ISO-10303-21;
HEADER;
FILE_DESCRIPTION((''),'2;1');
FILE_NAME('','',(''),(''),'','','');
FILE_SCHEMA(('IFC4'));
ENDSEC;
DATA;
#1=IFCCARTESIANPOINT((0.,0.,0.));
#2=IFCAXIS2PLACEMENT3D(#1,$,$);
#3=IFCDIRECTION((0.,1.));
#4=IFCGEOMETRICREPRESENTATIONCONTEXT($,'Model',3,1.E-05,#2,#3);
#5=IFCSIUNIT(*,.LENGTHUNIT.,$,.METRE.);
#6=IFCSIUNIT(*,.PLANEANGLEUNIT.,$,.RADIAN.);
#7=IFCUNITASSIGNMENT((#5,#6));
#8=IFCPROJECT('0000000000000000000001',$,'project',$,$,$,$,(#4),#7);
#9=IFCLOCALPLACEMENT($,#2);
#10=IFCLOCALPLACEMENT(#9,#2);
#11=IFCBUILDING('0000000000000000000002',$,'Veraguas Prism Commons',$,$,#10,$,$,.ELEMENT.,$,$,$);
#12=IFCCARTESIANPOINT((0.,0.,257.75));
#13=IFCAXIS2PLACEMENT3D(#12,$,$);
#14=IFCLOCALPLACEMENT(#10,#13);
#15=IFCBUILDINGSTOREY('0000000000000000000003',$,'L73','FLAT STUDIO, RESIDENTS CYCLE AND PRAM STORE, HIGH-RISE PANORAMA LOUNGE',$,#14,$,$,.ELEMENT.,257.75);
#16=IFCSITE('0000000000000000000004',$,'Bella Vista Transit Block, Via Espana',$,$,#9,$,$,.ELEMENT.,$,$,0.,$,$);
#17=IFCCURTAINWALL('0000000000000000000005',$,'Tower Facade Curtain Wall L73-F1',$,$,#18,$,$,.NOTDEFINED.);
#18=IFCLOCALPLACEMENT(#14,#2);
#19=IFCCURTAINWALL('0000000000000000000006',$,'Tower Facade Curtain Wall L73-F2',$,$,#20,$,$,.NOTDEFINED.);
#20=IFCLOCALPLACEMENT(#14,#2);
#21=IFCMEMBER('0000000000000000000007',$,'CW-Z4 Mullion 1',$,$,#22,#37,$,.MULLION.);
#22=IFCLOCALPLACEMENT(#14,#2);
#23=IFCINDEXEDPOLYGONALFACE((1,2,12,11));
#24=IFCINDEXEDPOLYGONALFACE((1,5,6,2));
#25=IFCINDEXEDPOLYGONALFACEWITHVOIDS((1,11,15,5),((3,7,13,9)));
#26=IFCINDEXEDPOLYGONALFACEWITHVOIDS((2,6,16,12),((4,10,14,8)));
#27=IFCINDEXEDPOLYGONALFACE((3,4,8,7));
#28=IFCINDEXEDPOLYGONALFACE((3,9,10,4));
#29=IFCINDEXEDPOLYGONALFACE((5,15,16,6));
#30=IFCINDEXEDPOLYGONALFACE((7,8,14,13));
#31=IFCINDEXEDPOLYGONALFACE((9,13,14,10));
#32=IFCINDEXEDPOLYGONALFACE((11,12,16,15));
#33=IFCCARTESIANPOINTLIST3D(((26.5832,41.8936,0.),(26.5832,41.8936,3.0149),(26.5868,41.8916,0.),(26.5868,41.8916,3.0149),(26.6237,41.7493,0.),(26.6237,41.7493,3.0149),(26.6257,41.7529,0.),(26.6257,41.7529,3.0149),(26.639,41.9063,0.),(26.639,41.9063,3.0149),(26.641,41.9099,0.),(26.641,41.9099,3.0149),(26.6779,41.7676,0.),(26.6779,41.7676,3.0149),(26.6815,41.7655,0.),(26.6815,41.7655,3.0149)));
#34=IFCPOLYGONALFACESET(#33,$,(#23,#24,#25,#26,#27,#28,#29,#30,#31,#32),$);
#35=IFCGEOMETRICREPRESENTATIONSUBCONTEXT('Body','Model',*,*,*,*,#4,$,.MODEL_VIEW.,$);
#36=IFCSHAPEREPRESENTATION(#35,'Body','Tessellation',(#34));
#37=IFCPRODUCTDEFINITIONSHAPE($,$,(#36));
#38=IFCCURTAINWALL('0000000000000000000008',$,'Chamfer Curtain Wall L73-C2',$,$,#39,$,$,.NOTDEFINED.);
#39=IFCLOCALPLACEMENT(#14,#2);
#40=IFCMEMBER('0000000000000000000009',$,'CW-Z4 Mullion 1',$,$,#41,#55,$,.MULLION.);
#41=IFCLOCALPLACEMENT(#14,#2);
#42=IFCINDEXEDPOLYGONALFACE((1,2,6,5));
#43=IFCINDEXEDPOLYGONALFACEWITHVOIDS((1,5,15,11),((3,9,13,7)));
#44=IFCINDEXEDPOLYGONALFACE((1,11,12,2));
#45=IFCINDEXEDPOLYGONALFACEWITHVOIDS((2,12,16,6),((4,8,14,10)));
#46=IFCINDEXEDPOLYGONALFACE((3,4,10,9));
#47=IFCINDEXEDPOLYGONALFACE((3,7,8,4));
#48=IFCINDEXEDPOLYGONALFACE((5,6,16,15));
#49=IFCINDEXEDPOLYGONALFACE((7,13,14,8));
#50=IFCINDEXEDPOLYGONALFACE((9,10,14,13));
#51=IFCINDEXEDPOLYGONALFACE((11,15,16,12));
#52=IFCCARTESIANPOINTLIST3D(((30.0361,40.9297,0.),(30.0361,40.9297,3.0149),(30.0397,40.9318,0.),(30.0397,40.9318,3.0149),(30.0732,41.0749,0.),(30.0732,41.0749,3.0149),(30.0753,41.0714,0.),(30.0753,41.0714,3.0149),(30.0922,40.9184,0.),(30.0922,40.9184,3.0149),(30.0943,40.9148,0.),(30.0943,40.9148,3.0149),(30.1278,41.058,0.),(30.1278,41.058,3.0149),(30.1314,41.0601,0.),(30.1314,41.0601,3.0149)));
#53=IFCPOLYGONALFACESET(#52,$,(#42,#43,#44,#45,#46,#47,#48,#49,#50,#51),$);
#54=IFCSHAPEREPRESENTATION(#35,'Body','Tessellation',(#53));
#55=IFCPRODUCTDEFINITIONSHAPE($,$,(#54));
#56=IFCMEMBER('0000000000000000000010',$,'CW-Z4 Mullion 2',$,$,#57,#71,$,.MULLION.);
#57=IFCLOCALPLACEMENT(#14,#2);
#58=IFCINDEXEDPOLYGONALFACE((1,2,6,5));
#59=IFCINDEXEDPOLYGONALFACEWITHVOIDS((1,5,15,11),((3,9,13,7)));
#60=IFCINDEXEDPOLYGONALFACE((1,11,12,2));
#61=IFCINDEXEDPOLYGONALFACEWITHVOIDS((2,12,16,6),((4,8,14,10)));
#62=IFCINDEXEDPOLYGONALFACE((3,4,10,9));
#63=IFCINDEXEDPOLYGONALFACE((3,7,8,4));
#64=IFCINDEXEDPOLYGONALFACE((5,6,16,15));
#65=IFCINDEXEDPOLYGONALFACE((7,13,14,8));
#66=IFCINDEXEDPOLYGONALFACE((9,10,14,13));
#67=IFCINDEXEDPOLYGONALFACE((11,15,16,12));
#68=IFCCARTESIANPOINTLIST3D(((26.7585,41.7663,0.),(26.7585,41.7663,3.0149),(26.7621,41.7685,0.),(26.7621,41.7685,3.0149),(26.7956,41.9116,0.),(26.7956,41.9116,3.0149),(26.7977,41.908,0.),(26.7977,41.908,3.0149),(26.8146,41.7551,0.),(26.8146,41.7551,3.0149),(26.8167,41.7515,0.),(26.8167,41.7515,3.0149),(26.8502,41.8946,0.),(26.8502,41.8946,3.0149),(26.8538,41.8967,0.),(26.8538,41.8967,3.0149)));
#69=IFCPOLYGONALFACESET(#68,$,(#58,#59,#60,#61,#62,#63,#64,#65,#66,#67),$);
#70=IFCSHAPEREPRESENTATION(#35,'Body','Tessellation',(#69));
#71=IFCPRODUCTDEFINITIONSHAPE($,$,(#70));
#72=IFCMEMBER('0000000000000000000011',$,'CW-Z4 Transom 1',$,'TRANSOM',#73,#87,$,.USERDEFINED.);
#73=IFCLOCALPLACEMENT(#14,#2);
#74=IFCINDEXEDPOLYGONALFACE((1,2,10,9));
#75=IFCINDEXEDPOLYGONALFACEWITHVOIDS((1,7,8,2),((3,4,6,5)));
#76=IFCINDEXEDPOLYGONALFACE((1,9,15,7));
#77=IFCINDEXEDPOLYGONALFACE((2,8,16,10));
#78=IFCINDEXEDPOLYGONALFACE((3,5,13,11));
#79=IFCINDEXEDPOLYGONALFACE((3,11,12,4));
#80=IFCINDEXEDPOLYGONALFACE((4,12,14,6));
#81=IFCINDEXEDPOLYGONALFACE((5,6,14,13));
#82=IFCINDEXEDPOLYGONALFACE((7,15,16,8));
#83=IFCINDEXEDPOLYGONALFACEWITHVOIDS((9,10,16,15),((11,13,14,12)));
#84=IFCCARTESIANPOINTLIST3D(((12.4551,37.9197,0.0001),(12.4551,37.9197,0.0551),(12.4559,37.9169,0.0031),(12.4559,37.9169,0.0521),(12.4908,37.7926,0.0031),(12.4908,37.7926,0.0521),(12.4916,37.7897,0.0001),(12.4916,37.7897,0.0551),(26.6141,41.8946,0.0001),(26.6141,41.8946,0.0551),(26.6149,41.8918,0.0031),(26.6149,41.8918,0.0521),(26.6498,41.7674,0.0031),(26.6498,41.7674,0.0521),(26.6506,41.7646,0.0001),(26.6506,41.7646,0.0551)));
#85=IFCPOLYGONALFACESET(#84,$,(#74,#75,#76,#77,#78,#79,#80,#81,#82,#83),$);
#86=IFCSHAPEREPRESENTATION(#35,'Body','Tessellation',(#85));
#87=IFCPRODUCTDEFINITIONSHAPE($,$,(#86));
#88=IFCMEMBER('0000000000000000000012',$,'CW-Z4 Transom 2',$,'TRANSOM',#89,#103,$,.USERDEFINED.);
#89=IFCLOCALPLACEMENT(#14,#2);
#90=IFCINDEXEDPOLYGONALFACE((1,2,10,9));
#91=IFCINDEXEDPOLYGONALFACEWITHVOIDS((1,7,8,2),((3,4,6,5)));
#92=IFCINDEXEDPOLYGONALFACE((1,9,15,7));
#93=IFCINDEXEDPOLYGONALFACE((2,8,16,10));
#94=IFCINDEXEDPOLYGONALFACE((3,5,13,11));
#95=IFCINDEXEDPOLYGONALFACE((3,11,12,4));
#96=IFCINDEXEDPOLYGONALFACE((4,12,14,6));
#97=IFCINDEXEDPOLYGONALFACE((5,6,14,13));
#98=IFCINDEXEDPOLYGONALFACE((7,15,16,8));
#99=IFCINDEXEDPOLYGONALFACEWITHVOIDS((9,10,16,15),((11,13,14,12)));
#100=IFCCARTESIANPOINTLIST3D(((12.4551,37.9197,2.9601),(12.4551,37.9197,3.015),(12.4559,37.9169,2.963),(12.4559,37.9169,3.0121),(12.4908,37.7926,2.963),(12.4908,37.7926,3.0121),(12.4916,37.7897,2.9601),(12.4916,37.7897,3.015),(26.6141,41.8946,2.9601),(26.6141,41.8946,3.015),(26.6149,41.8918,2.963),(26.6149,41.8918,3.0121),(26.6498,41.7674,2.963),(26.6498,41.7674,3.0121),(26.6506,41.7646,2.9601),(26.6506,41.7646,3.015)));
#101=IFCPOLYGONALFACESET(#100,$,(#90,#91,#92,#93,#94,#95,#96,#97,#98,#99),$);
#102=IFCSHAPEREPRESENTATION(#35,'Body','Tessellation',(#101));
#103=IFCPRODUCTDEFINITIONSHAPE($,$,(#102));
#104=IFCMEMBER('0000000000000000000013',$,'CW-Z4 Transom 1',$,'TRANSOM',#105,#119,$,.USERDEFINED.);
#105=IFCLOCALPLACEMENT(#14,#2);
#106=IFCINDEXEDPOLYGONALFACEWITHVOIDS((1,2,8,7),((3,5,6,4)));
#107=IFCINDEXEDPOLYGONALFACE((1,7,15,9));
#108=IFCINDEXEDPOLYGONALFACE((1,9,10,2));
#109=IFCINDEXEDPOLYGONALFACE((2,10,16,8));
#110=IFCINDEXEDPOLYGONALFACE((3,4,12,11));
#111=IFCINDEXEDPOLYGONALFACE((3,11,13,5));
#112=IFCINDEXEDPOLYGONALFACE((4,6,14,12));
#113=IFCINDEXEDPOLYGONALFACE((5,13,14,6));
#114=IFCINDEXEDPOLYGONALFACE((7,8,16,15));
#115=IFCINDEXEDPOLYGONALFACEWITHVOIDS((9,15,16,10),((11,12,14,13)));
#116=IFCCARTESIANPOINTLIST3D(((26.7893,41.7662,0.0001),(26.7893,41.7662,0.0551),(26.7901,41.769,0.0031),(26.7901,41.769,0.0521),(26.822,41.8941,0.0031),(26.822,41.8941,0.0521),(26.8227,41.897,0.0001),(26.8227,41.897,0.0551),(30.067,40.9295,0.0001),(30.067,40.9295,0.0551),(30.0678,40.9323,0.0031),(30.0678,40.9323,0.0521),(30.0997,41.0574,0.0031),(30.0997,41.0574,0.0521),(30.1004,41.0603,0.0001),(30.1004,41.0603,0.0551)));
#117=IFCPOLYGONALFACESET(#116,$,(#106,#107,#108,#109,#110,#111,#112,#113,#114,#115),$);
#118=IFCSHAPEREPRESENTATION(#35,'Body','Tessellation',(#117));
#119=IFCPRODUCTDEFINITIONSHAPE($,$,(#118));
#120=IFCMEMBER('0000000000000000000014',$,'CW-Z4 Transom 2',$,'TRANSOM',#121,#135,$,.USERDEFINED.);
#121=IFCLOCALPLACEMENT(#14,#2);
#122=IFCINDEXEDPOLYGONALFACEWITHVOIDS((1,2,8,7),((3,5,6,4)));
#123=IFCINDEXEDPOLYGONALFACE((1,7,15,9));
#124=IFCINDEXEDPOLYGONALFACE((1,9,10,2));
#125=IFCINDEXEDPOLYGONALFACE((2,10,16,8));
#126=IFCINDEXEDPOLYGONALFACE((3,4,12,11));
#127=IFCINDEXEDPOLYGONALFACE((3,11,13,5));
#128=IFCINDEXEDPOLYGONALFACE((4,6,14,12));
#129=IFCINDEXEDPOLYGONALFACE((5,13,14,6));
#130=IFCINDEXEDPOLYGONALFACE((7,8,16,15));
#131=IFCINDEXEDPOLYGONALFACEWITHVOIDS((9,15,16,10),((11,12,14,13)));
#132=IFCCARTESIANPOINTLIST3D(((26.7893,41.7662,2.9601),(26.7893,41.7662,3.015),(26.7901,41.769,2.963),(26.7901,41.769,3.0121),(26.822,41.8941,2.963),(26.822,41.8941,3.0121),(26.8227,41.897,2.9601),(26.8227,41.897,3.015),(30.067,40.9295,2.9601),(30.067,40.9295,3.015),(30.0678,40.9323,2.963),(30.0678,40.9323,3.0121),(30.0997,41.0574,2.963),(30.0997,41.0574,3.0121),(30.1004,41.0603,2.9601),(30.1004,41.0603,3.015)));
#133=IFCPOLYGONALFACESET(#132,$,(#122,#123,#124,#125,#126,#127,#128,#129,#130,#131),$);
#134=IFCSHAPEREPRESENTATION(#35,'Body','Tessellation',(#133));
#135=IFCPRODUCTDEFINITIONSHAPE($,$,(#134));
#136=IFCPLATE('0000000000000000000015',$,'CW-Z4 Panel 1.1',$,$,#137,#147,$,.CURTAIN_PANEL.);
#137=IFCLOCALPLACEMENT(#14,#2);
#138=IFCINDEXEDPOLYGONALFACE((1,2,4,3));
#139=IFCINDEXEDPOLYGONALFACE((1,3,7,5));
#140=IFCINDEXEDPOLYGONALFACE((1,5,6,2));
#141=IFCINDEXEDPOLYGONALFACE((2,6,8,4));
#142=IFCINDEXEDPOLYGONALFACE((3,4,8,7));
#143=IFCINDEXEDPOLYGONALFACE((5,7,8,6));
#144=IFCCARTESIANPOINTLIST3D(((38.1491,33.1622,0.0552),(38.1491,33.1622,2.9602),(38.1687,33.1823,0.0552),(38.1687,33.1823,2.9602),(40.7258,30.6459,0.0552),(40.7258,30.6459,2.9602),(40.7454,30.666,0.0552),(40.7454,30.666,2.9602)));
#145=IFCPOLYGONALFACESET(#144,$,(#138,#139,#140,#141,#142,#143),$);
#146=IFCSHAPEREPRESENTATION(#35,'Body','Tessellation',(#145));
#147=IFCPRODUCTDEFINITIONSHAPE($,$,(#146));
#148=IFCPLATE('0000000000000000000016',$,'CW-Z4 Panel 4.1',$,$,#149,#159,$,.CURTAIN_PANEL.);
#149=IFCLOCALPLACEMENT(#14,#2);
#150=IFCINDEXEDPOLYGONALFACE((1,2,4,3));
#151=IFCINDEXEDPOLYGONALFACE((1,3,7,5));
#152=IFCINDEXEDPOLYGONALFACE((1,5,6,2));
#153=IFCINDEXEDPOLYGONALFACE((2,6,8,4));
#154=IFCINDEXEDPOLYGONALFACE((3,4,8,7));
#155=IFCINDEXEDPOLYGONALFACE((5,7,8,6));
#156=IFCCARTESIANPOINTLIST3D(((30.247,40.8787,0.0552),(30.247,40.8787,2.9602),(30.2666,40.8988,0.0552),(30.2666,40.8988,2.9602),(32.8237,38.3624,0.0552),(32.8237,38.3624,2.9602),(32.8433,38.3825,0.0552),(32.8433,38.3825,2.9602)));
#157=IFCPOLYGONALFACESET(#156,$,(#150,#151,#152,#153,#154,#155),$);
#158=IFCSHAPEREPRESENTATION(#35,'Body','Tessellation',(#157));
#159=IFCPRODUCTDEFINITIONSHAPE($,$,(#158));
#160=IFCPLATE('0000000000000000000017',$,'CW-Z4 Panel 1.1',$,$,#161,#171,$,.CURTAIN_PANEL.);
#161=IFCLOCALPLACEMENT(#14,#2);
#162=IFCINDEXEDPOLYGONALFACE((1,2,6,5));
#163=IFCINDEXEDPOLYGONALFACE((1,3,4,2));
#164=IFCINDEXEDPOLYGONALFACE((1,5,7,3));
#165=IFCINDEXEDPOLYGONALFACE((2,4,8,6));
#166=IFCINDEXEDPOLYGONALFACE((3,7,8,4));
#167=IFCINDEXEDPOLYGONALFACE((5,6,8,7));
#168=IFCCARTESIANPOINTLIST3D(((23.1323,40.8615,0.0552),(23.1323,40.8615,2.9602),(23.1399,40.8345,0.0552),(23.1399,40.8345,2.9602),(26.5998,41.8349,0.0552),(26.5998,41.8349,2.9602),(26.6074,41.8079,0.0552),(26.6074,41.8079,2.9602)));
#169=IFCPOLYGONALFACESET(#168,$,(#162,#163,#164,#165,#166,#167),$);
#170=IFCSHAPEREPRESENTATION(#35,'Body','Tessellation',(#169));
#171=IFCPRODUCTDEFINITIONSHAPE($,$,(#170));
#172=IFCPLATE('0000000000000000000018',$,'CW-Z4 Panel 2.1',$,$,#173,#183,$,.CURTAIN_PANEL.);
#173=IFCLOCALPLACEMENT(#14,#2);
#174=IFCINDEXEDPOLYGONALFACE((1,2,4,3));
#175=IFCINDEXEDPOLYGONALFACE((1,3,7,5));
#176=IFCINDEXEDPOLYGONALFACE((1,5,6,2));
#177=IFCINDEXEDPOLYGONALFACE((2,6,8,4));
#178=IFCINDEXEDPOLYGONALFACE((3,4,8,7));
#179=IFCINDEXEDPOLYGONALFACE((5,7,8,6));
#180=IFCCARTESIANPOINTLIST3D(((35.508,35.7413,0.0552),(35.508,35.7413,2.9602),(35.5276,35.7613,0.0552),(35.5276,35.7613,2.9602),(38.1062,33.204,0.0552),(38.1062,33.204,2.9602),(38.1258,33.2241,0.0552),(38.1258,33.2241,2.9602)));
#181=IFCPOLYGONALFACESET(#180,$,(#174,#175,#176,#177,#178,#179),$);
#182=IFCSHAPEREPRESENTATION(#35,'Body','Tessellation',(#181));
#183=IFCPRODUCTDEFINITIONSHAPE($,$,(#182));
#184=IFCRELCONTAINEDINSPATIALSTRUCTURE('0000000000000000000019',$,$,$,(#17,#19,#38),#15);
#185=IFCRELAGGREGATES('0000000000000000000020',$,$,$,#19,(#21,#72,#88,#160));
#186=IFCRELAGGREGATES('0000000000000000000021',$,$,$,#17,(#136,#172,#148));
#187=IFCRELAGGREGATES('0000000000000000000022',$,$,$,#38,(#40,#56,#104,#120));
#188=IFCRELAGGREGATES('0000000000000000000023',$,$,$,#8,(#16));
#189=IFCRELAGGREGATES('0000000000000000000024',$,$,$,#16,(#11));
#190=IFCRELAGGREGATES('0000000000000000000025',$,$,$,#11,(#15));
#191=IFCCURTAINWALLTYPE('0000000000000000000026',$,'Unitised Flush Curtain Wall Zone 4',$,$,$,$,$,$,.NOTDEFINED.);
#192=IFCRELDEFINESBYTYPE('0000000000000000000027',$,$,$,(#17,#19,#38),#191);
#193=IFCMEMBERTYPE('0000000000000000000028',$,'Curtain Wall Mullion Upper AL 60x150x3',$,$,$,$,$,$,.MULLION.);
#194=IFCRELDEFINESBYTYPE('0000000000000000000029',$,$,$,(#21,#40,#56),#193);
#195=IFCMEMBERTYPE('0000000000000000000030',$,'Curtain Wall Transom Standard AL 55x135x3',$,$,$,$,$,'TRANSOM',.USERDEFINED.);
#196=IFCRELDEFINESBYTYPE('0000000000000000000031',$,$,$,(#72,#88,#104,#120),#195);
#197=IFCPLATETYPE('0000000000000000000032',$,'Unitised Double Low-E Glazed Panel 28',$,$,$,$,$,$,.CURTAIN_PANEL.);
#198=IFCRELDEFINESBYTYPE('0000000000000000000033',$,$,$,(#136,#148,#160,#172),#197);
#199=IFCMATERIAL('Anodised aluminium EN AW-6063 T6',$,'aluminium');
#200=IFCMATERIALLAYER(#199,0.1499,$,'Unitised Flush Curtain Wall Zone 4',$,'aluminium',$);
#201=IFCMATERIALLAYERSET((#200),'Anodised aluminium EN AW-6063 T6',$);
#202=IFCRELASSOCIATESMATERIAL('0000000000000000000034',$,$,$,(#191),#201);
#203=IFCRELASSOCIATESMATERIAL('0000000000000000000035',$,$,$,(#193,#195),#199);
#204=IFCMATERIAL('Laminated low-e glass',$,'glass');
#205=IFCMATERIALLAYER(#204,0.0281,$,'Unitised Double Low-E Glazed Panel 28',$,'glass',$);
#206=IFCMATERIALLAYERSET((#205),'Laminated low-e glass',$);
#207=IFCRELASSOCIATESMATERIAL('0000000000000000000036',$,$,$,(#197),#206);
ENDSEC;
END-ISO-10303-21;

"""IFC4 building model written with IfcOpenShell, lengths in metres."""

from ifc_helpers import new_model, si_unit, direction, frame, origin, origin_2d, place, context, subcontext, project, spatial, rectangle, hollow_rectangle, extrude, source, transform, mapped, material, layer, layer_set, material_profile, profile_set, type_object, element, aggregate, save


model = new_model("IFC4")

# Units and contexts
model_context = context("Model", 3, precision=1e-05, world=origin(), true_north=direction((0.0, 1.0)))
body_context = subcontext(model_context, "Body", "Model", "MODEL_VIEW")
ifc_project = project(units=[si_unit("LENGTHUNIT", "METRE"), si_unit("PLANEANGLEUNIT", "RADIAN")], contexts=[model_context])

# Site, building, storey
site_placement = place(None, origin())
site = spatial("IfcSite", under=ifc_project, at=site_placement, Name="Bella Vista Transit Block, Via Espana", CompositionType="ELEMENT", RefElevation=0.0)
building_placement = place(site_placement, origin())
building = spatial("IfcBuilding", under=site, at=building_placement, Name="Veraguas Prism Commons", CompositionType="ELEMENT")
storey_placement = place(building_placement, frame((0.0, 0.0, 257.75)))
storey = spatial("IfcBuildingStorey", under=building, at=storey_placement, Name="L73", Description="FLAT STUDIO, RESIDENTS CYCLE AND PRAM STORE, HIGH-RISE PANORAMA LOUNGE", CompositionType="ELEMENT", Elevation=257.75)

# Curtain wall
ifc_material_1 = material(Name="Anodised aluminium EN AW-6063 T6", Category="aluminium")
ifc_layer_1 = layer(ifc_material_1, 0.1499, Name="Unitised Flush Curtain Wall Zone 4", Category="aluminium")
ifc_layer_set_1 = layer_set([ifc_layer_1], Name="Anodised aluminium EN AW-6063 T6")
curtain_wall_type = type_object("IfcCurtainWallType", Name="Unitised Flush Curtain Wall Zone 4", PredefinedType="NOTDEFINED", material=ifc_layer_set_1)
curtain_wall_1_placement = place(storey_placement, origin())
curtain_wall_1 = element("IfcCurtainWall", 1, at=curtain_wall_1_placement, inside=storey, type_object=curtain_wall_type, Name="Tower Facade Curtain Wall L73-F1", PredefinedType="NOTDEFINED")
ifc_material_profile_1 = material_profile(ifc_material_1, hollow_rectangle(XDim=0.0601, YDim=0.1499, WallThickness=0.0029, at=origin_2d()), Name="AL60X150X3")
ifc_profile_set_1 = profile_set([ifc_material_profile_1], Name="Anodised aluminium EN AW-6063 T6")
member_type_1 = type_object("IfcMemberType", Name="Curtain Wall Mullion Upper AL 60x150x3", PredefinedType="MULLION", material=ifc_profile_set_1)
shared_shape_1 = source(origin(), body_context, "Body", "SweptSolid", [
    extrude(hollow_rectangle(XDim=0.0601, YDim=0.1499, WallThickness=0.0029, at=origin_2d()), origin(), (0.0, 0.0, 1.0), 3.0149),
])

# Curtain wall, member
curtain_wall_2_placement = place(storey_placement, origin())
curtain_wall_2 = element("IfcCurtainWall", 2, at=curtain_wall_2_placement, inside=storey, type_object=curtain_wall_type, Name="Tower Facade Curtain Wall L73-F2", PredefinedType="NOTDEFINED")
member_1_placement = place(storey_placement, frame((26.6323, 41.8296, 0.0), z_axis=(0.0, 0.0, 1.0), x_axis=(-0.962785, -0.270269, 0.0)))
member_1 = element("IfcMember", 3, at=member_1_placement, type_object=member_type_1, Name="CW-Z4 Mullion 1", PredefinedType="MULLION", context=body_context, shape_type="MappedRepresentation", body=[
    mapped(shared_shape_1, transform((0.0, 0.0, 0.0), scale=1.0)),
])

# Curtain wall, members
curtain_wall_3_placement = place(storey_placement, origin())
curtain_wall_3 = element("IfcCurtainWall", 4, at=curtain_wall_3_placement, inside=storey, type_object=curtain_wall_type, Name="Chamfer Curtain Wall L73-C2", PredefinedType="NOTDEFINED")
member_2_placement = place(storey_placement, frame((30.0837, 40.9949, 0.0), z_axis=(0.0, 0.0, 1.0), x_axis=(-0.968923, 0.247364, 0.0)))
member_2 = element("IfcMember", 5, at=member_2_placement, type_object=member_type_1, Name="CW-Z4 Mullion 1", PredefinedType="MULLION", context=body_context, shape_type="MappedRepresentation", body=[
    mapped(shared_shape_1, transform((0.0, 0.0, 0.0), scale=1.0)),
])
member_3_placement = place(storey_placement, frame((26.8062, 41.8315, 0.0), z_axis=(0.0, 0.0, 1.0), x_axis=(-0.968923, 0.247364, 0.0)))
member_3 = element("IfcMember", 6, at=member_3_placement, type_object=member_type_1, Name="CW-Z4 Mullion 2", PredefinedType="MULLION", context=body_context, shape_type="MappedRepresentation", body=[
    mapped(shared_shape_1, transform((0.0, 0.0, 0.0), scale=1.0)),
])

# Members
ifc_material_profile_2 = material_profile(ifc_material_1, hollow_rectangle(XDim=0.0549, YDim=0.135, WallThickness=0.0029, at=origin_2d()), Name="AL55X135X3")
ifc_profile_set_2 = profile_set([ifc_material_profile_2], Name="Anodised aluminium EN AW-6063 T6")
member_type_2 = type_object("IfcMemberType", Name="Curtain Wall Transom Standard AL 55x135x3", ElementType="TRANSOM", PredefinedType="USERDEFINED", material=ifc_profile_set_2)
shared_shape_2 = source(origin(), body_context, "Body", "SweptSolid", [
    extrude(hollow_rectangle(XDim=0.0549, YDim=0.135, WallThickness=0.0029, at=origin_2d()), origin(), (0.0, 0.0, 1.0), 14.7063),
])
member_4_placement = place(storey_placement, frame((26.6323, 41.8296, 0.0276), z_axis=(-0.962781, -0.270283, 0.0), x_axis=(0.0, 0.0, 1.0)))
member_4 = element("IfcMember", 7, at=member_4_placement, type_object=member_type_2, Name="CW-Z4 Transom 1", ObjectType="TRANSOM", PredefinedType="USERDEFINED", context=body_context, shape_type="MappedRepresentation", body=[
    mapped(shared_shape_2, transform((0.0, 0.0, 0.0), scale=1.0)),
])
member_5_placement = place(storey_placement, frame((26.6323, 41.8296, 2.9875), z_axis=(-0.962781, -0.270283, 0.0), x_axis=(0.0, 0.0, 1.0)))
member_5 = element("IfcMember", 8, at=member_5_placement, type_object=member_type_2, Name="CW-Z4 Transom 2", ObjectType="TRANSOM", PredefinedType="USERDEFINED", context=body_context, shape_type="MappedRepresentation", body=[
    mapped(shared_shape_2, transform((0.0, 0.0, 0.0), scale=1.0)),
])
shared_shape_3 = source(origin(), body_context, "Body", "SweptSolid", [
    extrude(hollow_rectangle(XDim=0.0549, YDim=0.135, WallThickness=0.0029, at=origin_2d()), origin(), (0.0, 0.0, 1.0), 3.3828),
])
member_6_placement = place(storey_placement, frame((30.0837, 40.9949, 0.0276), z_axis=(-0.968929, 0.247339, 0.0), x_axis=(0.0, 0.0, 1.0)))
member_6 = element("IfcMember", 9, at=member_6_placement, type_object=member_type_2, Name="CW-Z4 Transom 1", ObjectType="TRANSOM", PredefinedType="USERDEFINED", context=body_context, shape_type="MappedRepresentation", body=[
    mapped(shared_shape_3, transform((0.0, 0.0, 0.0), scale=1.0)),
])
member_7_placement = place(storey_placement, frame((30.0837, 40.9949, 2.9875), z_axis=(-0.968929, 0.247339, 0.0), x_axis=(0.0, 0.0, 1.0)))
member_7 = element("IfcMember", 10, at=member_7_placement, type_object=member_type_2, Name="CW-Z4 Transom 2", ObjectType="TRANSOM", PredefinedType="USERDEFINED", context=body_context, shape_type="MappedRepresentation", body=[
    mapped(shared_shape_3, transform((0.0, 0.0, 0.0), scale=1.0)),
])

# Plates
ifc_material_2 = material(Name="Laminated low-e glass", Category="glass")
ifc_layer_2 = layer(ifc_material_2, 0.0281, Name="Unitised Double Low-E Glazed Panel 28", Category="glass")
ifc_layer_set_2 = layer_set([ifc_layer_2], Name="Laminated low-e glass")
plate_type = type_object("IfcPlateType", Name="Unitised Double Low-E Glazed Panel 28", PredefinedType="CURTAIN_PANEL", material=ifc_layer_set_2)
shared_shape_4 = source(origin(), body_context, "Body", "SweptSolid", [
    extrude(rectangle(XDim=3.6016, YDim=0.0281, at=origin_2d()), origin(), (0.0, 0.0, 1.0), 2.905),
])
plate_1_placement = place(storey_placement, frame((39.4473, 31.9141, 0.0552), z_axis=(0.0, 0.0, 1.0), x_axis=(-0.715448, 0.698666, 0.0)))
plate_1 = element("IfcPlate", 11, at=plate_1_placement, type_object=plate_type, Name="CW-Z4 Panel 1.1", PredefinedType="CURTAIN_PANEL", context=body_context, shape_type="MappedRepresentation", body=[
    mapped(shared_shape_4, transform((0.0, 0.0, 0.0), scale=1.0)),
])
plate_2_placement = place(storey_placement, frame((31.5452, 39.6306, 0.0552), z_axis=(0.0, 0.0, 1.0), x_axis=(-0.715448, 0.698666, 0.0)))
plate_2 = element("IfcPlate", 12, at=plate_2_placement, type_object=plate_type, Name="CW-Z4 Panel 4.1", PredefinedType="CURTAIN_PANEL", context=body_context, shape_type="MappedRepresentation", body=[
    mapped(shared_shape_4, transform((0.0, 0.0, 0.0), scale=1.0)),
])
plate_3_placement = place(storey_placement, frame((24.8699, 41.3347, 0.0552), z_axis=(0.0, 0.0, 1.0), x_axis=(-0.962785, -0.270269, 0.0)))
plate_3 = element("IfcPlate", 13, at=plate_3_placement, type_object=plate_type, Name="CW-Z4 Panel 1.1", PredefinedType="CURTAIN_PANEL", context=body_context, shape_type="MappedRepresentation", body=[
    mapped(shared_shape_4, transform((0.0, 0.0, 0.0), scale=1.0)),
])
aggregate(curtain_wall_2, [member_1, member_4, member_5, plate_3])
shared_shape_5 = source(origin(), body_context, "Body", "SweptSolid", [
    extrude(rectangle(XDim=3.6316, YDim=0.0281, at=origin_2d()), origin(), (0.0, 0.0, 1.0), 2.905),
])
plate_4_placement = place(storey_placement, frame((36.8169, 34.4827, 0.0552), z_axis=(0.0, 0.0, 1.0), x_axis=(-0.715448, 0.698666, 0.0)))
plate_4 = element("IfcPlate", 14, at=plate_4_placement, type_object=plate_type, Name="CW-Z4 Panel 2.1", PredefinedType="CURTAIN_PANEL", context=body_context, shape_type="MappedRepresentation", body=[
    mapped(shared_shape_5, transform((0.0, 0.0, 0.0), scale=1.0)),
])
aggregate(curtain_wall_1, [plate_1, plate_4, plate_2])
aggregate(curtain_wall_3, [member_2, member_3, member_6, member_7])

save(model, "model.ifc")
